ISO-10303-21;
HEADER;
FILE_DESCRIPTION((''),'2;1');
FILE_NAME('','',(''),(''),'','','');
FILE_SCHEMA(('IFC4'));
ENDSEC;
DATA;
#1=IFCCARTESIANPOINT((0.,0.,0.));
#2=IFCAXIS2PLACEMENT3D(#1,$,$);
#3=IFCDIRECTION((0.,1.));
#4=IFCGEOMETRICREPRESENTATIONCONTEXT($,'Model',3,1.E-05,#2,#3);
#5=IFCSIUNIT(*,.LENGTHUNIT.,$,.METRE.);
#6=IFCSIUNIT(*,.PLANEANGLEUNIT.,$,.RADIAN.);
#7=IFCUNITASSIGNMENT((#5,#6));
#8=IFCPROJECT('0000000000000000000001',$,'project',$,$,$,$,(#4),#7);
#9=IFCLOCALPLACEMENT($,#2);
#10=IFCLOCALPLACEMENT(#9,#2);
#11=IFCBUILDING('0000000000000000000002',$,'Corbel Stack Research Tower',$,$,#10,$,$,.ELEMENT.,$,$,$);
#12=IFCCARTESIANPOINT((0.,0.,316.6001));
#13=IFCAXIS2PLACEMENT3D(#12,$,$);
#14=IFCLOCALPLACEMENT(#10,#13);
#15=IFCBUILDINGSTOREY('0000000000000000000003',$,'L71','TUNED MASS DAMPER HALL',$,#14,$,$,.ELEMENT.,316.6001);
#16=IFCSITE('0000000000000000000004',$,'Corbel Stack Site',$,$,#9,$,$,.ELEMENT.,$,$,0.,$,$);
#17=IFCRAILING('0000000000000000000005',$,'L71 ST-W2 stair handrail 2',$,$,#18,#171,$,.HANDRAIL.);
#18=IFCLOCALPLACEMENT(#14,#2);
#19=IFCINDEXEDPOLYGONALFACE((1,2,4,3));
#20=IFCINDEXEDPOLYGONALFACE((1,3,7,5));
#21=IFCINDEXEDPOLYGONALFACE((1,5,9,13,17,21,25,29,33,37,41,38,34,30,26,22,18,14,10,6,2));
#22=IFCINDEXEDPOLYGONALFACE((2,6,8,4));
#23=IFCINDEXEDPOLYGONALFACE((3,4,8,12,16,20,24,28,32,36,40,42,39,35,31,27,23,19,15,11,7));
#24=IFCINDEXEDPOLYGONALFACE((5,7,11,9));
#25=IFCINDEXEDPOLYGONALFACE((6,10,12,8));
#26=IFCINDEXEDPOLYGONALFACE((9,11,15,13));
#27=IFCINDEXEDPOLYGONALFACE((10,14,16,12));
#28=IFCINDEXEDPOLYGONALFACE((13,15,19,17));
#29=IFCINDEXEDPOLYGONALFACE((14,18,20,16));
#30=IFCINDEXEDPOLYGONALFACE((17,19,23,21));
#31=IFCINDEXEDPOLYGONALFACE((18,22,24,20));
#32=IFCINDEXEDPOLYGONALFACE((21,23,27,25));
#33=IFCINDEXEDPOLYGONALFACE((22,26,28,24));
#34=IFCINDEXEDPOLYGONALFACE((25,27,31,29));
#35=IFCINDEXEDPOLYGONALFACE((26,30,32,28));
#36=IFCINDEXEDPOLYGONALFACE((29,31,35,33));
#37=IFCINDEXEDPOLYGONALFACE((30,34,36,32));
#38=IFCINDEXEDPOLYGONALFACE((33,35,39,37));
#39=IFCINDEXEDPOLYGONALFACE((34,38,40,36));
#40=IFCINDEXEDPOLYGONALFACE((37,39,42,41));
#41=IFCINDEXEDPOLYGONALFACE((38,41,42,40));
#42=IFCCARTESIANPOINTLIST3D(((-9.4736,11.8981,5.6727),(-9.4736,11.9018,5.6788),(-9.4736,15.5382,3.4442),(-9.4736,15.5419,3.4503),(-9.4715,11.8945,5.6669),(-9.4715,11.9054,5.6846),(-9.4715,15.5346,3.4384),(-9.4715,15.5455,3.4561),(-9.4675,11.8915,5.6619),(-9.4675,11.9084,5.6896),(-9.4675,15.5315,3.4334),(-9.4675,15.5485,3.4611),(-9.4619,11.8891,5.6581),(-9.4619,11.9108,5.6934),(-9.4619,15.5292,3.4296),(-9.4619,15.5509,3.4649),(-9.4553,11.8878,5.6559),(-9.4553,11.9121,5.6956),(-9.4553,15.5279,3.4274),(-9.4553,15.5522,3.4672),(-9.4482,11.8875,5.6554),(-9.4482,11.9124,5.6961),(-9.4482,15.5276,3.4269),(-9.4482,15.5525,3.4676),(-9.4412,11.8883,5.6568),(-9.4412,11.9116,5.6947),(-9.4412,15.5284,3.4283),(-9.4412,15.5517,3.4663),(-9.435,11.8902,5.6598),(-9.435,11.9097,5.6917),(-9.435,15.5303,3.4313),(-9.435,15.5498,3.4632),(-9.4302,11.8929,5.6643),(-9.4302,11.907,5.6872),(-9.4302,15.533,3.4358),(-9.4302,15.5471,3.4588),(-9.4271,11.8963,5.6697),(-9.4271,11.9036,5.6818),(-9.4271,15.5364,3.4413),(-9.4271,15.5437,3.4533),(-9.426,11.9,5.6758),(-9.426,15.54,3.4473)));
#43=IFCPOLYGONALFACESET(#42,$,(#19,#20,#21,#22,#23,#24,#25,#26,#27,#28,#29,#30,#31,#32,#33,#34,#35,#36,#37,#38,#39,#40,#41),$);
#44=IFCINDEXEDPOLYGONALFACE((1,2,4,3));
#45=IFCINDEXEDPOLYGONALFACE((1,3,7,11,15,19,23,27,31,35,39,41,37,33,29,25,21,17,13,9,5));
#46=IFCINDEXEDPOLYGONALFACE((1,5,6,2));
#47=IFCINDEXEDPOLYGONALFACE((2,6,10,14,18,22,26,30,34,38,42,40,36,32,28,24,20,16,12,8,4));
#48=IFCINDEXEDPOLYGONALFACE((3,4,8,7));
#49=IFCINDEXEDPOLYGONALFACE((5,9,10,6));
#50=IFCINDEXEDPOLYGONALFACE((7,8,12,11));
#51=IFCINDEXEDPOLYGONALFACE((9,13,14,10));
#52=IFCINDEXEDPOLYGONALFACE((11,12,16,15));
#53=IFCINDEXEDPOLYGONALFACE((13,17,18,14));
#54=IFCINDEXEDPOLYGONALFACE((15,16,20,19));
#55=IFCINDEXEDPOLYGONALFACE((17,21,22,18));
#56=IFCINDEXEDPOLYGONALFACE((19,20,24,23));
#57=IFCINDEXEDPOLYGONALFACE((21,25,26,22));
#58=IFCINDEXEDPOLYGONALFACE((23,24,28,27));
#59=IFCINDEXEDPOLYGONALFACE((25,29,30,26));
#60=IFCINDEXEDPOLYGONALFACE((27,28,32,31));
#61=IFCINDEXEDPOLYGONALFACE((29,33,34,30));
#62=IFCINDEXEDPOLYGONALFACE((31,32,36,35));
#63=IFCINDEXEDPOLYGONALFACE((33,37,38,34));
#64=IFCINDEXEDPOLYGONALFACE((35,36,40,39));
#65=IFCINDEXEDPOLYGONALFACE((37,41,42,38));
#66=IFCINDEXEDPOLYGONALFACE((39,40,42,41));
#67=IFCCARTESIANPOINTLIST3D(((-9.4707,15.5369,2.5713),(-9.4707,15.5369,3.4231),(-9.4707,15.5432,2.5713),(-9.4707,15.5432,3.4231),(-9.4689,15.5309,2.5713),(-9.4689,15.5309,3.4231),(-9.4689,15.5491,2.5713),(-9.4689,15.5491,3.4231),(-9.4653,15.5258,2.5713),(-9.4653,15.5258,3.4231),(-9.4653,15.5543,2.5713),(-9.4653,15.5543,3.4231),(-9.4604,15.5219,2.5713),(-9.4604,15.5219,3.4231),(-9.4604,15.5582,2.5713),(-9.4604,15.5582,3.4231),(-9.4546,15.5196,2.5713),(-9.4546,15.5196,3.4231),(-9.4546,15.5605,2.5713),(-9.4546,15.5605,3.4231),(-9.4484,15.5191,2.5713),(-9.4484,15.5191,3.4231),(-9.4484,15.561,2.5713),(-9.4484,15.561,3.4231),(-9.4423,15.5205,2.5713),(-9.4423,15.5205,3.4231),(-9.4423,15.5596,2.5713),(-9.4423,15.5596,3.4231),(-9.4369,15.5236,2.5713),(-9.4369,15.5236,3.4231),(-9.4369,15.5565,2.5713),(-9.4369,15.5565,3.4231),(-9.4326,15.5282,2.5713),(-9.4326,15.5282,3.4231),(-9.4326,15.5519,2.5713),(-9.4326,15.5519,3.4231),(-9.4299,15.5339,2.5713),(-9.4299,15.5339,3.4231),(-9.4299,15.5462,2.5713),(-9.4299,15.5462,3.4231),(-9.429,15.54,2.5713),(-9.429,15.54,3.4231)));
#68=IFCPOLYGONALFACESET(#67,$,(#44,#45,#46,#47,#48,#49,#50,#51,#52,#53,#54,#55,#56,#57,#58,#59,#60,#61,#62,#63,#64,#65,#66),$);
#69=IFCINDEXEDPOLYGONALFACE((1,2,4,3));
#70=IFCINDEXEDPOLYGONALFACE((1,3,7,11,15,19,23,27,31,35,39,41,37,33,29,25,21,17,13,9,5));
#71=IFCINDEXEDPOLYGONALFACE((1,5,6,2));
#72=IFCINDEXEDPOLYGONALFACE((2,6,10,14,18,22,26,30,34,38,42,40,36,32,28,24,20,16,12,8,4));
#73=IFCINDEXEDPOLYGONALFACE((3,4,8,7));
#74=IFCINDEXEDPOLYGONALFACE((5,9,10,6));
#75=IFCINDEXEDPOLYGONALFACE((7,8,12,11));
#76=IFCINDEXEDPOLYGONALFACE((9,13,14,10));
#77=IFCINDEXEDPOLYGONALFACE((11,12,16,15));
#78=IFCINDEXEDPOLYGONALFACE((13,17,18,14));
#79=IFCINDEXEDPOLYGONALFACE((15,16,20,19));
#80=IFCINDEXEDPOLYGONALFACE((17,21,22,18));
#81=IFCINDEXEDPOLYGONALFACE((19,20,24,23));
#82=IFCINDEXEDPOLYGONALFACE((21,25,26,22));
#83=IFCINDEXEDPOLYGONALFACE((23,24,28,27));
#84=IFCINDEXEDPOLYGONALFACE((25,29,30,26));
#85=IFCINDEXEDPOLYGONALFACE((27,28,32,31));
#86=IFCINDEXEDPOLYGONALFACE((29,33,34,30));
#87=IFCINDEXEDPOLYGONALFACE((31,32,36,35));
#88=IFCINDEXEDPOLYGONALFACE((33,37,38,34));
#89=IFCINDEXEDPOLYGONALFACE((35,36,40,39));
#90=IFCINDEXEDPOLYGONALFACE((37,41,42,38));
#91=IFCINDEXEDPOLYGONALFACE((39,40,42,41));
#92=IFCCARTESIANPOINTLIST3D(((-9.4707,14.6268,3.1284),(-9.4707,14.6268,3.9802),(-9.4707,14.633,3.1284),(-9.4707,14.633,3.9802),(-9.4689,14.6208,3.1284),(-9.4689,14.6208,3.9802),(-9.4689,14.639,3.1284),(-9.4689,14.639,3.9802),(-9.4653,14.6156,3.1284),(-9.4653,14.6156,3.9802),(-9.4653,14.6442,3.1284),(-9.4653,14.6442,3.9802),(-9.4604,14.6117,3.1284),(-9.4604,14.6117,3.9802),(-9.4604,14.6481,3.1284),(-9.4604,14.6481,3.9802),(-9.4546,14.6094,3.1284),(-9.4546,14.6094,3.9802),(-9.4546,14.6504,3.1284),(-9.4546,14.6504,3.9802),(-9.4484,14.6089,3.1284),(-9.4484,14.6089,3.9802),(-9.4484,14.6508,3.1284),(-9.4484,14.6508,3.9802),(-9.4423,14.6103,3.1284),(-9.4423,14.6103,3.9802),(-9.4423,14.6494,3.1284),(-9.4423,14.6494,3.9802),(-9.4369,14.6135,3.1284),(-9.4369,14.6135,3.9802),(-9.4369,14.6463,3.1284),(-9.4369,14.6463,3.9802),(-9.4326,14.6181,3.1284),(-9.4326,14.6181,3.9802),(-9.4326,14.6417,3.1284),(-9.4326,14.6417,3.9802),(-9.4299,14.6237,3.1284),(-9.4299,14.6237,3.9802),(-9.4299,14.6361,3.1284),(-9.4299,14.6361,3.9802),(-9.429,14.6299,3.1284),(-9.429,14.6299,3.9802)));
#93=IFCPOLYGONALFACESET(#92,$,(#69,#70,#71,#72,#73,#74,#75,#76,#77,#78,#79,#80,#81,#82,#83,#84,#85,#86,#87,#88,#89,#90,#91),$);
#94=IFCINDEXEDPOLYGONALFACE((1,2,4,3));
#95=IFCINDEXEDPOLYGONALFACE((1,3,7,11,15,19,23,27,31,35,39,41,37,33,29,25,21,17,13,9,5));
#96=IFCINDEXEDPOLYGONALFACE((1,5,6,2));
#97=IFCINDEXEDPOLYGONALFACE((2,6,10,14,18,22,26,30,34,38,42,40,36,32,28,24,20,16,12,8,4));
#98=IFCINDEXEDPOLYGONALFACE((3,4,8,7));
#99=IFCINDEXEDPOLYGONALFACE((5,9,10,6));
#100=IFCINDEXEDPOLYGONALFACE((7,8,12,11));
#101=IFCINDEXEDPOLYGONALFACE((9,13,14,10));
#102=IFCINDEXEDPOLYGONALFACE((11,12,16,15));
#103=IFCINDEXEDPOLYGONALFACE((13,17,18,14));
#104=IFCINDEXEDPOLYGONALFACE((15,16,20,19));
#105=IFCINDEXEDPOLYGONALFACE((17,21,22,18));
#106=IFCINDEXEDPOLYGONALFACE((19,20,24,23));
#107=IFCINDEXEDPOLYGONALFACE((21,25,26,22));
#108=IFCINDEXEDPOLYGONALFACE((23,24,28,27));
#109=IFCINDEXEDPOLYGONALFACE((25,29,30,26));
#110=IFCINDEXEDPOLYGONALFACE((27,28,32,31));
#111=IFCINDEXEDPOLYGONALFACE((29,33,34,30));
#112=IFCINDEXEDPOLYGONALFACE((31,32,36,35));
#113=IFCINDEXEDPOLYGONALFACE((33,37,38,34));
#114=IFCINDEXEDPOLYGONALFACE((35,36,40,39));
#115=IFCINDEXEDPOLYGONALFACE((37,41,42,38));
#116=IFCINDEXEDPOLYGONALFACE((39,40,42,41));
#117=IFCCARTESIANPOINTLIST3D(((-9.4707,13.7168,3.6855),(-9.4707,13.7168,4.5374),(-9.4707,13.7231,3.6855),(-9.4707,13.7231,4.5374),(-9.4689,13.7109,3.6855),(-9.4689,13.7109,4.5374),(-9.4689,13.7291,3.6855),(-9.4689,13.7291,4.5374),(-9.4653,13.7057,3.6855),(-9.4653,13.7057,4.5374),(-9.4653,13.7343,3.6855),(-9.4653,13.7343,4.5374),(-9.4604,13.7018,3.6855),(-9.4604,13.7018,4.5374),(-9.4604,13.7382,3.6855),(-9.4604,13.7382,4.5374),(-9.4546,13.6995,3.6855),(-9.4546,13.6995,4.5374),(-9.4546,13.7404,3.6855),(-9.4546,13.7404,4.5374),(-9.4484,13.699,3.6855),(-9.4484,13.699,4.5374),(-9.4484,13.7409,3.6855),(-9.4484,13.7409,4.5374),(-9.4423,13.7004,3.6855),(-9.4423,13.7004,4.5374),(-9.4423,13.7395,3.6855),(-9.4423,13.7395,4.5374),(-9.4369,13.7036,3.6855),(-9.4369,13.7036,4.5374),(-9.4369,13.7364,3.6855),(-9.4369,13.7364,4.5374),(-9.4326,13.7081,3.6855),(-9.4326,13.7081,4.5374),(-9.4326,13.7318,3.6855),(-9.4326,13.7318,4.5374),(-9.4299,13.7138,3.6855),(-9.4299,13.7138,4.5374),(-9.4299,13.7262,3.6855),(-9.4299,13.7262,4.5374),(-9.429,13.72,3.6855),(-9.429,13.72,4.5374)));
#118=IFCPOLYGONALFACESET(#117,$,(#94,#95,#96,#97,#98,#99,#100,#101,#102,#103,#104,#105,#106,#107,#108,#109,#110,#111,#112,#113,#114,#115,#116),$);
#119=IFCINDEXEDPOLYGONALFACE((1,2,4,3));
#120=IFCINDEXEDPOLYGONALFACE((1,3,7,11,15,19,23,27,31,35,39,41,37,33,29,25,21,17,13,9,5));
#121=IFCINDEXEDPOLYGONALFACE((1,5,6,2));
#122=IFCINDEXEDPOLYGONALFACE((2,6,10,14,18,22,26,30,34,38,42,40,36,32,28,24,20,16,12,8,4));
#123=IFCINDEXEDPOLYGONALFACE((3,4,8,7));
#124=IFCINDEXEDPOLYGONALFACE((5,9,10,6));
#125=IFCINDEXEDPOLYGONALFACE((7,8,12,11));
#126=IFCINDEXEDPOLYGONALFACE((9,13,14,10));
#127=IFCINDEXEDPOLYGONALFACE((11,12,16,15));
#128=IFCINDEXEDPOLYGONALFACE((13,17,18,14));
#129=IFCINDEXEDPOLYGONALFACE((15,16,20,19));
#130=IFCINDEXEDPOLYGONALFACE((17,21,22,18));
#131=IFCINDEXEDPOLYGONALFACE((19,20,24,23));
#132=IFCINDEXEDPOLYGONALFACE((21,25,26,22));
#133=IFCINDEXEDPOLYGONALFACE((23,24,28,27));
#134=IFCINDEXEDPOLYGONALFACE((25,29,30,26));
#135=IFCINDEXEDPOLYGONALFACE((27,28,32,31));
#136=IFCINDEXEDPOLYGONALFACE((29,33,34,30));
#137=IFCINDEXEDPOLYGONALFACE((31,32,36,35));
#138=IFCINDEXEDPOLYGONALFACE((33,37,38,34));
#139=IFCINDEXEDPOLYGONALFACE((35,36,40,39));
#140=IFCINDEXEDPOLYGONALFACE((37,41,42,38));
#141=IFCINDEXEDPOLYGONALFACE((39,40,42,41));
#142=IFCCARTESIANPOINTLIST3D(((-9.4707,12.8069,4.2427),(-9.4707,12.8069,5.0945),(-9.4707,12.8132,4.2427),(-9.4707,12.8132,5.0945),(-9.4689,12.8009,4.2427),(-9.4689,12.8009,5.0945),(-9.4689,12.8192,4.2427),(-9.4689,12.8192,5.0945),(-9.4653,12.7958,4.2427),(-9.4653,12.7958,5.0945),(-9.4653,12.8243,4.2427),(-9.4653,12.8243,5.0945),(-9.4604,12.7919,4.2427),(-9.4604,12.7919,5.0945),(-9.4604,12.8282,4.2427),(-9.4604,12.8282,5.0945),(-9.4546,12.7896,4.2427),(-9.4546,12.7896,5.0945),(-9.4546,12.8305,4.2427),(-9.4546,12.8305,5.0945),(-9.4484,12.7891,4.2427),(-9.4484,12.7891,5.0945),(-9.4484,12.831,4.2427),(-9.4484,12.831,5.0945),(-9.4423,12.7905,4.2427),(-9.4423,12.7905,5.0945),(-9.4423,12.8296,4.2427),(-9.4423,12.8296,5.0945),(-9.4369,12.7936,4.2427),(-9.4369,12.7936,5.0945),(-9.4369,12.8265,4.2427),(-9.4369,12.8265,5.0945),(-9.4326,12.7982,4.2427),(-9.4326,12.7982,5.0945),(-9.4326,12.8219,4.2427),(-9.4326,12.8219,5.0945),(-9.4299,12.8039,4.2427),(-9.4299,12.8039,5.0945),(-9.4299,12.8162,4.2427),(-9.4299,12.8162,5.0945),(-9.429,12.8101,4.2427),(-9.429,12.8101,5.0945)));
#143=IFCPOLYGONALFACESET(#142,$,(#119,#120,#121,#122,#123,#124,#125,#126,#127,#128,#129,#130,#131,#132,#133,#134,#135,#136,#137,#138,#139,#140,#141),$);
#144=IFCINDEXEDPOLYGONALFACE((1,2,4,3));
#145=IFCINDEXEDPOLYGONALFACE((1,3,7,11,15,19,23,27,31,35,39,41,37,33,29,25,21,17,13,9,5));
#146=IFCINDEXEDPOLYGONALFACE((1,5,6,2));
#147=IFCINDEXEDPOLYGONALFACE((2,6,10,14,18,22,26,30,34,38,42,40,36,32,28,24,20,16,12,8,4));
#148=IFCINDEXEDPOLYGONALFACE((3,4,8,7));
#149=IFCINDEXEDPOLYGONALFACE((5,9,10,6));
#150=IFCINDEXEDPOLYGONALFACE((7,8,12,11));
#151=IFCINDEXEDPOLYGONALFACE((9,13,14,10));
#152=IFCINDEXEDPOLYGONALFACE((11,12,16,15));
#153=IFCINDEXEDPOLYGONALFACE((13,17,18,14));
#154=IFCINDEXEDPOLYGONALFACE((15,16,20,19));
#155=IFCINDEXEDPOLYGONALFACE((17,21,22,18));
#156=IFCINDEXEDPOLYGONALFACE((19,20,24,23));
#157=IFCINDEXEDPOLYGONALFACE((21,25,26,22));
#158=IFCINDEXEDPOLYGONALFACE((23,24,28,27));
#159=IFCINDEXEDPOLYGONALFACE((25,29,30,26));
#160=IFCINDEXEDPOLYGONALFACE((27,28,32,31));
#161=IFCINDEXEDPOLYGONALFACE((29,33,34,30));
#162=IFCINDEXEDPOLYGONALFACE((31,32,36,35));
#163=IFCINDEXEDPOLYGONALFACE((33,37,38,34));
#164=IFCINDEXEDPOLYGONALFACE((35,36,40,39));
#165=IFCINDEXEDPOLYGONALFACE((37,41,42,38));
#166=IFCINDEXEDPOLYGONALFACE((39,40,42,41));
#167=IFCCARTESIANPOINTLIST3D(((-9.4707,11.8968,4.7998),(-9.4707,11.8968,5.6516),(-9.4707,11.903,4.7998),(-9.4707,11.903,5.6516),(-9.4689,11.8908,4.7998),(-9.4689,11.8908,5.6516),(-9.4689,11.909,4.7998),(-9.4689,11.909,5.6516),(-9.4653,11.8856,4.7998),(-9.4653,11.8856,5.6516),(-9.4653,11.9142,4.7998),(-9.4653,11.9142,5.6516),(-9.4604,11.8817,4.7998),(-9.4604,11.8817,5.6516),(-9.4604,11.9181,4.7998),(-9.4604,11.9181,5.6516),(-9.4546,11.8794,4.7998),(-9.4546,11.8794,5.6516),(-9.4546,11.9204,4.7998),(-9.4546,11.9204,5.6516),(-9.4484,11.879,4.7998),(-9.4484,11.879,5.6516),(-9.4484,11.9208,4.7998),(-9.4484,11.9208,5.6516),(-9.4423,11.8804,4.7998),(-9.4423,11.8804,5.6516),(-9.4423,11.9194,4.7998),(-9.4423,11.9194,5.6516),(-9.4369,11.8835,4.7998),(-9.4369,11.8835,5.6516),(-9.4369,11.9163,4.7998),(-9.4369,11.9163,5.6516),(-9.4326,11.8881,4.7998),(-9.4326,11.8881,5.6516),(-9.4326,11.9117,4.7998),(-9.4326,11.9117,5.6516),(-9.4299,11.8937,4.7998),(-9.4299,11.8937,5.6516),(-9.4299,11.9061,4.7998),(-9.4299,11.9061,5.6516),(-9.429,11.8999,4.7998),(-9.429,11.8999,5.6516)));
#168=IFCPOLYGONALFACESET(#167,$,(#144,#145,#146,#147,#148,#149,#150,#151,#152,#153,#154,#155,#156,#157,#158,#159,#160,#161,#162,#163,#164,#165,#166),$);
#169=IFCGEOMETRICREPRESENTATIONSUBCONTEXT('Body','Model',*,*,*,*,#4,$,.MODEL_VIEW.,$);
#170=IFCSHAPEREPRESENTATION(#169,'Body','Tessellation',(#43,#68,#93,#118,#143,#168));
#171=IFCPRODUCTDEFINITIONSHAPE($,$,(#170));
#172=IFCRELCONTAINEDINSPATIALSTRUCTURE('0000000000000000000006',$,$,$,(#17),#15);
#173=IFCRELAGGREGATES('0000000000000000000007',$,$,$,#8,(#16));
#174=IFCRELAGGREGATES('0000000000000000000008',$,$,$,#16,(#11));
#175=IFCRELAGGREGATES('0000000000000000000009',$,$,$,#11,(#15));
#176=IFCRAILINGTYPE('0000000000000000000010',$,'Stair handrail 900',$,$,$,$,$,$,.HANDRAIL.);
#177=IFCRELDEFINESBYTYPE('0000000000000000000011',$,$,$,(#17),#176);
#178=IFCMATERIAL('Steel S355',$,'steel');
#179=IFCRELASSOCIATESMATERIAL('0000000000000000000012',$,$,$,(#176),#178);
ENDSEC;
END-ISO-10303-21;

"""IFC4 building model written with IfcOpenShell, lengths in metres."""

from ifc_helpers import new_model, si_unit, direction, frame, origin, origin_2d, place, context, subcontext, project, spatial, circle, extrude, material, type_object, element, save


model = new_model("IFC4")

# Units and contexts
model_context = context("Model", 3, precision=1e-05, world=origin(), true_north=direction((0.0, 1.0)))
body_context = subcontext(model_context, "Body", "Model", "MODEL_VIEW")
ifc_project = project(units=[si_unit("LENGTHUNIT", "METRE"), si_unit("PLANEANGLEUNIT", "RADIAN")], contexts=[model_context])

# Site, building, storey
site_placement = place(None, origin())
site = spatial("IfcSite", under=ifc_project, at=site_placement, Name="Corbel Stack Site", CompositionType="ELEMENT", RefElevation=0.0)
building_placement = place(site_placement, origin())
building = spatial("IfcBuilding", under=site, at=building_placement, Name="Corbel Stack Research Tower", CompositionType="ELEMENT")
storey_placement = place(building_placement, frame((0.0, 0.0, 316.6001)))
storey = spatial("IfcBuildingStorey", under=building, at=storey_placement, Name="L71", Description="TUNED MASS DAMPER HALL", CompositionType="ELEMENT", Elevation=316.6001)

# Railing
ifc_material_1 = material(Name="Steel S355", Category="steel")
railing_type_1 = type_object("IfcRailingType", Name="Stair handrail 900", PredefinedType="HANDRAIL", material=ifc_material_1)
railing_1_placement = place(storey_placement, frame((-9.45, 15.54, 2.5713)))
element("IfcRailing", 1, at=railing_1_placement, inside=storey, type_object=railing_type_1, Name="L71 ST-W2 stair handrail 2", PredefinedType="HANDRAIL", context=body_context, shape_type="SweptSolid", body=[
    extrude(circle(Radius=0.0239, at=origin_2d()), frame((0.0, 0.0, 0.876), z_axis=(0.0, -0.852866, 0.52213), x_axis=(1.0, 0.0, 0.0)), (0.0, 0.0, 1.0), 4.2681),
    extrude(circle(Radius=0.021, at=origin_2d()), origin(), (0.0, 0.0, 1.0), 0.8518),
    extrude(circle(Radius=0.021, at=origin_2d()), frame((0.0, -0.9102, 0.5571)), (0.0, 0.0, 1.0), 0.8518),
    extrude(circle(Radius=0.021, at=origin_2d()), frame((0.0, -1.8201, 1.1143)), (0.0, 0.0, 1.0), 0.8518),
    extrude(circle(Radius=0.021, at=origin_2d()), frame((0.0, -2.73, 1.6714)), (0.0, 0.0, 1.0), 0.8518),
    extrude(circle(Radius=0.021, at=origin_2d()), frame((0.0, -3.6401, 2.2285)), (0.0, 0.0, 1.0), 0.8518),
])

save(model, "model.ifc")
